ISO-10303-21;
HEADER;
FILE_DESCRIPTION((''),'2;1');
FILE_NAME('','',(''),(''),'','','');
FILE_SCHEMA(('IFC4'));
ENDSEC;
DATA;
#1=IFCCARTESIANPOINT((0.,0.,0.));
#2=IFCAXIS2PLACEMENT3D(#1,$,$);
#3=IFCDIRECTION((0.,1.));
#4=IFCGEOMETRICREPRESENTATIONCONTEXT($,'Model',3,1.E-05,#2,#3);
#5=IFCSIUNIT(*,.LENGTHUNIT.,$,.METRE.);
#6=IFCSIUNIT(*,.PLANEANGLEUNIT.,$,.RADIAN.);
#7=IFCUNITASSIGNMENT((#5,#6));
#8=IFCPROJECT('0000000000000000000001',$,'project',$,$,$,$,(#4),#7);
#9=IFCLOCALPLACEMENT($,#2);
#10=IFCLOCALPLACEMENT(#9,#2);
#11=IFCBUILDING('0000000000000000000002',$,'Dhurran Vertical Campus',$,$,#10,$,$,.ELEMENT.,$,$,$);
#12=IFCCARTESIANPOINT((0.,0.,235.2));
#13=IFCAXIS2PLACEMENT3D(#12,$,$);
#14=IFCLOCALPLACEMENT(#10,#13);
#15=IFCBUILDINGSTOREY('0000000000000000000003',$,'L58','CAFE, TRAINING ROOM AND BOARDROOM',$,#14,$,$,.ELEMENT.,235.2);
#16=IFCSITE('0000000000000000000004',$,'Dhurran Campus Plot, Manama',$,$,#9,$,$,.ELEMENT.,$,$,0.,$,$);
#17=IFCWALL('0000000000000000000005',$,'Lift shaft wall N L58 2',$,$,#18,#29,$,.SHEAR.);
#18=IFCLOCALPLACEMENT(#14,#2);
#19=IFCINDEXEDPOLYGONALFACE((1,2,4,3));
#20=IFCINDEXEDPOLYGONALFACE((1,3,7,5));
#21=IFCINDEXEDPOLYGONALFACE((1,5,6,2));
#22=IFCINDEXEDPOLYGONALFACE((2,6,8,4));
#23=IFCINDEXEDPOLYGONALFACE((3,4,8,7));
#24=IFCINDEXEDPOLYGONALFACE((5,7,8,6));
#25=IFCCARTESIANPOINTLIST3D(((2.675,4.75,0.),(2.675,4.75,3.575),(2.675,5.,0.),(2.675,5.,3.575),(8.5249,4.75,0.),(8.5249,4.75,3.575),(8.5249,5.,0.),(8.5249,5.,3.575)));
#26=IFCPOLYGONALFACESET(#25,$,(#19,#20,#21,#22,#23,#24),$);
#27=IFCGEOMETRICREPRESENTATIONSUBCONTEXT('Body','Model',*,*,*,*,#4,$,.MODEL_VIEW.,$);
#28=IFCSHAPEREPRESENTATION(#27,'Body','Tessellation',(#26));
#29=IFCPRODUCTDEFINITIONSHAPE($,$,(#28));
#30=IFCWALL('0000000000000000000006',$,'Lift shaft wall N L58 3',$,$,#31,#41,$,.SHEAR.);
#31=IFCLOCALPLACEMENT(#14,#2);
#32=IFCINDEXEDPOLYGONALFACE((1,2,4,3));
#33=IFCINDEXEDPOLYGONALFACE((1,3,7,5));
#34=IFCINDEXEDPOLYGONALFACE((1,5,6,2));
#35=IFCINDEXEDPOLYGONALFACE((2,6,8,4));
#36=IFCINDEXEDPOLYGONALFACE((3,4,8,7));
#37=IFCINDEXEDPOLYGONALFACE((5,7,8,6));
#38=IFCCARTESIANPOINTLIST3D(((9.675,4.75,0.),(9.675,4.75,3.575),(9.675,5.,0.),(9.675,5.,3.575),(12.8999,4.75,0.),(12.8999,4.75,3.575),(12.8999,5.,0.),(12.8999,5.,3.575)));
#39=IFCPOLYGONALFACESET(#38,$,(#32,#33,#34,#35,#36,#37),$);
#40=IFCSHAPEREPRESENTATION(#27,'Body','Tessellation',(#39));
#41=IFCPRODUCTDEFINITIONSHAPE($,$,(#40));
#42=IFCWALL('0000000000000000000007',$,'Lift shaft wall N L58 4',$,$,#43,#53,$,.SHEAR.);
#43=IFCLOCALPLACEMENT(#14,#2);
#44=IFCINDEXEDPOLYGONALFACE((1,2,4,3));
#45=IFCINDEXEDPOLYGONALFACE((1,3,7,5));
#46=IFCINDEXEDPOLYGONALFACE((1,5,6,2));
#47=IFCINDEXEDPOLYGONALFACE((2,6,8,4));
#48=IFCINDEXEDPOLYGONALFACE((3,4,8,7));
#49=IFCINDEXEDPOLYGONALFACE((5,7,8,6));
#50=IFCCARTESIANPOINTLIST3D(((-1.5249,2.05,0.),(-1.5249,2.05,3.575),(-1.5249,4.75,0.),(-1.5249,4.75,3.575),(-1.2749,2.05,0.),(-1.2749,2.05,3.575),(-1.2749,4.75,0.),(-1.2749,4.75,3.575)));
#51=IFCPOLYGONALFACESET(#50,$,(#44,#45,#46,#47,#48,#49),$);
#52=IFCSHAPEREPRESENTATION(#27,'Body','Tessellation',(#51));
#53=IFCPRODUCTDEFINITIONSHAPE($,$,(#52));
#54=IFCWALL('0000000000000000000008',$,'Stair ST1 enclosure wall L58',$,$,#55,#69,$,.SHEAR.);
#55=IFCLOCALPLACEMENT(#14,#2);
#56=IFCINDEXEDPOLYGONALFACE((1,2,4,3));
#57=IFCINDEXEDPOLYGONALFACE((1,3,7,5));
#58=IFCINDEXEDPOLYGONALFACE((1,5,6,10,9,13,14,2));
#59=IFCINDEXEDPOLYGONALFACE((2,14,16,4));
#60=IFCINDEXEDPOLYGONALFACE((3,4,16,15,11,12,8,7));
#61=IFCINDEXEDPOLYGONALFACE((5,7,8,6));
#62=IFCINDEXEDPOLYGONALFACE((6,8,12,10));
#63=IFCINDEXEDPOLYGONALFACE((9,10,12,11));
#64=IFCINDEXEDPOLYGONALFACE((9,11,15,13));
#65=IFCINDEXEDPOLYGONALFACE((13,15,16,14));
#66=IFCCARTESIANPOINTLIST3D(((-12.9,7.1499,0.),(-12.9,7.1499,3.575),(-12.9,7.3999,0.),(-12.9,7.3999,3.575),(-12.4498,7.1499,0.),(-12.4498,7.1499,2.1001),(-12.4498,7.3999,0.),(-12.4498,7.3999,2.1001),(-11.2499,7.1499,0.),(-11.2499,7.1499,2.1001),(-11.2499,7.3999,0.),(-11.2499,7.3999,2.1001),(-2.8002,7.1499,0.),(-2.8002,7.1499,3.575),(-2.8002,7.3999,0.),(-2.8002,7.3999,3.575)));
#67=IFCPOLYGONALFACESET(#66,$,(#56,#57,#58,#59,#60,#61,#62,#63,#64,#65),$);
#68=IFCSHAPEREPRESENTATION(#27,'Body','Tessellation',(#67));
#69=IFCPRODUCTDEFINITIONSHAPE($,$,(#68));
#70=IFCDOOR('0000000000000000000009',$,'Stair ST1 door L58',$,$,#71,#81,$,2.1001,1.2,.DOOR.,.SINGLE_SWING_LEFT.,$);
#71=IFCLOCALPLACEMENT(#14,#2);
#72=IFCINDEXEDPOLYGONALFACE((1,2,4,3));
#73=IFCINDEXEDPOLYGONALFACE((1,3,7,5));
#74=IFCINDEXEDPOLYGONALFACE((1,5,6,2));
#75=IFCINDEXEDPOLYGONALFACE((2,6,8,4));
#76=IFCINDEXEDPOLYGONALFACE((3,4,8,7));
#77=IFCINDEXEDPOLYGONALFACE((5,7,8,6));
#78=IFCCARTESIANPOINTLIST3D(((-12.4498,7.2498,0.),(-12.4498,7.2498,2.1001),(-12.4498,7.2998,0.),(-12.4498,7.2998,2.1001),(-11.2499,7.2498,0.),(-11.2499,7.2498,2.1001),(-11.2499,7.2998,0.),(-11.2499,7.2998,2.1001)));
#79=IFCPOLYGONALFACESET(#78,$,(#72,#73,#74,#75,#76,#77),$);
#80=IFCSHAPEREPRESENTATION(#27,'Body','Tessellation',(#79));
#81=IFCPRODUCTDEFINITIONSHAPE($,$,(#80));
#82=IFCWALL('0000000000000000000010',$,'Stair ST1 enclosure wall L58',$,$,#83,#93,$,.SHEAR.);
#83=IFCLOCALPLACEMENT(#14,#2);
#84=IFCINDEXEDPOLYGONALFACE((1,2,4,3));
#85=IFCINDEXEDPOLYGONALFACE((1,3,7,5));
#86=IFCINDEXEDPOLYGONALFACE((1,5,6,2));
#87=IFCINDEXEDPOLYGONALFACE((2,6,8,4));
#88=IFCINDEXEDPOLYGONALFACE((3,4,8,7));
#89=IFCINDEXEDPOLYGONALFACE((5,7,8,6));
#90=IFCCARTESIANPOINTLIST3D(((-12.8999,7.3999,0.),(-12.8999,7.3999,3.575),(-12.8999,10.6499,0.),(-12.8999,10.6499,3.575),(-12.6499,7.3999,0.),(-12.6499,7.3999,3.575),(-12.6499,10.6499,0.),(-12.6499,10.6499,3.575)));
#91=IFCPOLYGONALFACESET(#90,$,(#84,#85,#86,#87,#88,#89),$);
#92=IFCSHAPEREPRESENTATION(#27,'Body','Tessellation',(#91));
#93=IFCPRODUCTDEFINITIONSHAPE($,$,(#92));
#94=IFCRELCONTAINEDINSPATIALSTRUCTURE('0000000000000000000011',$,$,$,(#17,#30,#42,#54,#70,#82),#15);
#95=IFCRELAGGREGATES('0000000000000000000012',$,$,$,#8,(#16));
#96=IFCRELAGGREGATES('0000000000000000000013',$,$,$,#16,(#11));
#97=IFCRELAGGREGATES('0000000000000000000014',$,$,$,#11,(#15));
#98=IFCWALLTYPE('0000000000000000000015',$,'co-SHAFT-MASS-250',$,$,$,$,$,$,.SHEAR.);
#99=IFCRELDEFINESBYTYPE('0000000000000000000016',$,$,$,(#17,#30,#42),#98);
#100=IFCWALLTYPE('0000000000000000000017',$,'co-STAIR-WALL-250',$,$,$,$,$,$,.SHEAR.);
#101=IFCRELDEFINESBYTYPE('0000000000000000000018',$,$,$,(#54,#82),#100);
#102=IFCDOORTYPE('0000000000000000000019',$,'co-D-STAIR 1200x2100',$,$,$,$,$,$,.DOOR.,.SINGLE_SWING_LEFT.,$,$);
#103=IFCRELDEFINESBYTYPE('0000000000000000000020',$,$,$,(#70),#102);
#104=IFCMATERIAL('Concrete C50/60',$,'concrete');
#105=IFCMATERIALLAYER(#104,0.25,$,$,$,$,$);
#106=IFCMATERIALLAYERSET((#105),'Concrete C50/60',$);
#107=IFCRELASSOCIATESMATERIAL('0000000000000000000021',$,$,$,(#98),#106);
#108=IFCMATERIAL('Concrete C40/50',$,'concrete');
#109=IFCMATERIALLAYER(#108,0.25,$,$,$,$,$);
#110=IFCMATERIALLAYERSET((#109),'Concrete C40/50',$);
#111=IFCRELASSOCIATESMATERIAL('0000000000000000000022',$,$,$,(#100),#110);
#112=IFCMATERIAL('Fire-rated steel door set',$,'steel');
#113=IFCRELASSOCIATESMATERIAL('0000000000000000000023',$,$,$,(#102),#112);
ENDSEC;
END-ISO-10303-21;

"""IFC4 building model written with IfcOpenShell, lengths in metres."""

from ifc_helpers import new_model, si_unit, direction, frame, frame_2d, origin, place, context, subcontext, project, spatial, polyline, rectangle, outline, extrude, material, layer, layer_set, type_object, element, fill, save


model = new_model("IFC4")

# Units and contexts
model_context = context("Model", 3, precision=1e-05, world=origin(), true_north=direction((0.0, 1.0)))
body_context = subcontext(model_context, "Body", "Model", "MODEL_VIEW")
ifc_project = project(units=[si_unit("LENGTHUNIT", "METRE"), si_unit("PLANEANGLEUNIT", "RADIAN")], contexts=[model_context])

# Site, building, storey
site_placement = place(None, origin())
site = spatial("IfcSite", under=ifc_project, at=site_placement, Name="Dhurran Campus Plot, Manama", CompositionType="ELEMENT", RefElevation=0.0)
building_placement = place(site_placement, origin())
building = spatial("IfcBuilding", under=site, at=building_placement, Name="Dhurran Vertical Campus", CompositionType="ELEMENT")
storey_placement = place(building_placement, frame((0.0, 0.0, 235.2)))
storey = spatial("IfcBuildingStorey", under=building, at=storey_placement, Name="L58", Description="CAFE, TRAINING ROOM AND BOARDROOM", CompositionType="ELEMENT", Elevation=235.2)

# Walls
ifc_material_1 = material(Name="Concrete C50/60", Category="concrete")
ifc_layer_1 = layer(ifc_material_1, 0.25)
ifc_layer_set_1 = layer_set([ifc_layer_1], Name="Concrete C50/60")
wall_type_1 = type_object("IfcWallType", Name="co-SHAFT-MASS-250", PredefinedType="SHEAR", material=ifc_layer_set_1)
wall_1_placement = place(storey_placement, origin())
element("IfcWall", 1, at=wall_1_placement, inside=storey, type_object=wall_type_1, Name="Lift shaft wall N L58 2", PredefinedType="SHEAR", context=body_context, shape_type="SweptSolid", body=[
    extrude(outline(polyline([(2.675, 4.75), (8.5249, 4.75), (8.5249, 5.0), (2.675, 5.0), (2.675, 4.75)])), origin(), (0.0, 0.0, 1.0), 3.575),
])
wall_2_placement = place(storey_placement, origin())
element("IfcWall", 2, at=wall_2_placement, inside=storey, type_object=wall_type_1, Name="Lift shaft wall N L58 3", PredefinedType="SHEAR", context=body_context, shape_type="SweptSolid", body=[
    extrude(outline(polyline([(9.675, 4.75), (12.8999, 4.75), (12.8999, 5.0), (9.675, 5.0), (9.675, 4.75)])), origin(), (0.0, 0.0, 1.0), 3.575),
])
wall_3_placement = place(storey_placement, origin())
element("IfcWall", 3, at=wall_3_placement, inside=storey, type_object=wall_type_1, Name="Lift shaft wall N L58 4", PredefinedType="SHEAR", context=body_context, shape_type="SweptSolid", body=[
    extrude(outline(polyline([(-1.5249, 2.05), (-1.2749, 2.05), (-1.2749, 4.75), (-1.5249, 4.75), (-1.5249, 2.05)])), origin(), (0.0, 0.0, 1.0), 3.575),
])

# Wall, opening, door
ifc_material_2 = material(Name="Concrete C40/50", Category="concrete")
ifc_layer_2 = layer(ifc_material_2, 0.25)
ifc_layer_set_2 = layer_set([ifc_layer_2], Name="Concrete C40/50")
wall_type_2 = type_object("IfcWallType", Name="co-STAIR-WALL-250", PredefinedType="SHEAR", material=ifc_layer_set_2)
wall_4_placement = place(storey_placement, frame((-12.8999, 7.2749, 0.0), z_axis=(0.0, 0.0, 1.0), x_axis=(1.0, 0.0, 0.0)))
wall_4 = element("IfcWall", 4, at=wall_4_placement, inside=storey, type_object=wall_type_2, Name="Stair ST1 enclosure wall L58", PredefinedType="SHEAR", context=body_context, shape_type="SweptSolid", body=[
    extrude(rectangle(XDim=10.0999, YDim=0.25, at=frame_2d((5.0498, 0.0))), origin(), (0.0, 0.0, 1.0), 3.575),
])
opening_1_placement = place(wall_4_placement, frame((0.45, 0.0, 0.0)))
opening_1 = element("IfcOpeningElement", 5, at=opening_1_placement, cuts=wall_4, PredefinedType="OPENING", context=body_context, shape_type="SweptSolid", body=[
    extrude(rectangle(XDim=1.2, YDim=2.1001, at=frame_2d((0.6001, 1.05))), frame((0.0, 0.135, 0.0), z_axis=(0.0, -1.0, 0.0), x_axis=(1.0, 0.0, 0.0)), (0.0, 0.0, 1.0), 0.27),
])
ifc_material_3 = material(Name="Fire-rated steel door set", Category="steel")
door_type_1 = type_object("IfcDoorType", Name="co-D-STAIR 1200x2100", OperationType="SINGLE_SWING_LEFT", PredefinedType="DOOR", material=ifc_material_3)
door_1_placement = place(opening_1_placement, origin())
door_1 = element("IfcDoor", 6, at=door_1_placement, inside=storey, type_object=door_type_1, Name="Stair ST1 door L58", OperationType="SINGLE_SWING_LEFT", OverallHeight=2.1001, OverallWidth=1.2, PredefinedType="DOOR", context=body_context, shape_type="SweptSolid", body=[
    extrude(rectangle(XDim=1.2, YDim=2.1001, at=frame_2d((0.6001, 1.05))), frame((0.0, 0.0249, 0.0), z_axis=(0.0, -1.0, 0.0), x_axis=(1.0, 0.0, 0.0)), (0.0, 0.0, 1.0), 0.05),
])
fill(opening_1, door_1)

# Wall
wall_5_placement = place(storey_placement, frame((-12.7749, 7.3999, 0.0), z_axis=(0.0, 0.0, 1.0), x_axis=(0.0, 1.0, 0.0)))
element("IfcWall", 7, at=wall_5_placement, inside=storey, type_object=wall_type_2, Name="Stair ST1 enclosure wall L58", PredefinedType="SHEAR", context=body_context, shape_type="SweptSolid", body=[
    extrude(rectangle(XDim=3.25, YDim=0.25, at=frame_2d((1.625, 0.0))), origin(), (0.0, 0.0, 1.0), 3.575),
])

save(model, "model.ifc")
